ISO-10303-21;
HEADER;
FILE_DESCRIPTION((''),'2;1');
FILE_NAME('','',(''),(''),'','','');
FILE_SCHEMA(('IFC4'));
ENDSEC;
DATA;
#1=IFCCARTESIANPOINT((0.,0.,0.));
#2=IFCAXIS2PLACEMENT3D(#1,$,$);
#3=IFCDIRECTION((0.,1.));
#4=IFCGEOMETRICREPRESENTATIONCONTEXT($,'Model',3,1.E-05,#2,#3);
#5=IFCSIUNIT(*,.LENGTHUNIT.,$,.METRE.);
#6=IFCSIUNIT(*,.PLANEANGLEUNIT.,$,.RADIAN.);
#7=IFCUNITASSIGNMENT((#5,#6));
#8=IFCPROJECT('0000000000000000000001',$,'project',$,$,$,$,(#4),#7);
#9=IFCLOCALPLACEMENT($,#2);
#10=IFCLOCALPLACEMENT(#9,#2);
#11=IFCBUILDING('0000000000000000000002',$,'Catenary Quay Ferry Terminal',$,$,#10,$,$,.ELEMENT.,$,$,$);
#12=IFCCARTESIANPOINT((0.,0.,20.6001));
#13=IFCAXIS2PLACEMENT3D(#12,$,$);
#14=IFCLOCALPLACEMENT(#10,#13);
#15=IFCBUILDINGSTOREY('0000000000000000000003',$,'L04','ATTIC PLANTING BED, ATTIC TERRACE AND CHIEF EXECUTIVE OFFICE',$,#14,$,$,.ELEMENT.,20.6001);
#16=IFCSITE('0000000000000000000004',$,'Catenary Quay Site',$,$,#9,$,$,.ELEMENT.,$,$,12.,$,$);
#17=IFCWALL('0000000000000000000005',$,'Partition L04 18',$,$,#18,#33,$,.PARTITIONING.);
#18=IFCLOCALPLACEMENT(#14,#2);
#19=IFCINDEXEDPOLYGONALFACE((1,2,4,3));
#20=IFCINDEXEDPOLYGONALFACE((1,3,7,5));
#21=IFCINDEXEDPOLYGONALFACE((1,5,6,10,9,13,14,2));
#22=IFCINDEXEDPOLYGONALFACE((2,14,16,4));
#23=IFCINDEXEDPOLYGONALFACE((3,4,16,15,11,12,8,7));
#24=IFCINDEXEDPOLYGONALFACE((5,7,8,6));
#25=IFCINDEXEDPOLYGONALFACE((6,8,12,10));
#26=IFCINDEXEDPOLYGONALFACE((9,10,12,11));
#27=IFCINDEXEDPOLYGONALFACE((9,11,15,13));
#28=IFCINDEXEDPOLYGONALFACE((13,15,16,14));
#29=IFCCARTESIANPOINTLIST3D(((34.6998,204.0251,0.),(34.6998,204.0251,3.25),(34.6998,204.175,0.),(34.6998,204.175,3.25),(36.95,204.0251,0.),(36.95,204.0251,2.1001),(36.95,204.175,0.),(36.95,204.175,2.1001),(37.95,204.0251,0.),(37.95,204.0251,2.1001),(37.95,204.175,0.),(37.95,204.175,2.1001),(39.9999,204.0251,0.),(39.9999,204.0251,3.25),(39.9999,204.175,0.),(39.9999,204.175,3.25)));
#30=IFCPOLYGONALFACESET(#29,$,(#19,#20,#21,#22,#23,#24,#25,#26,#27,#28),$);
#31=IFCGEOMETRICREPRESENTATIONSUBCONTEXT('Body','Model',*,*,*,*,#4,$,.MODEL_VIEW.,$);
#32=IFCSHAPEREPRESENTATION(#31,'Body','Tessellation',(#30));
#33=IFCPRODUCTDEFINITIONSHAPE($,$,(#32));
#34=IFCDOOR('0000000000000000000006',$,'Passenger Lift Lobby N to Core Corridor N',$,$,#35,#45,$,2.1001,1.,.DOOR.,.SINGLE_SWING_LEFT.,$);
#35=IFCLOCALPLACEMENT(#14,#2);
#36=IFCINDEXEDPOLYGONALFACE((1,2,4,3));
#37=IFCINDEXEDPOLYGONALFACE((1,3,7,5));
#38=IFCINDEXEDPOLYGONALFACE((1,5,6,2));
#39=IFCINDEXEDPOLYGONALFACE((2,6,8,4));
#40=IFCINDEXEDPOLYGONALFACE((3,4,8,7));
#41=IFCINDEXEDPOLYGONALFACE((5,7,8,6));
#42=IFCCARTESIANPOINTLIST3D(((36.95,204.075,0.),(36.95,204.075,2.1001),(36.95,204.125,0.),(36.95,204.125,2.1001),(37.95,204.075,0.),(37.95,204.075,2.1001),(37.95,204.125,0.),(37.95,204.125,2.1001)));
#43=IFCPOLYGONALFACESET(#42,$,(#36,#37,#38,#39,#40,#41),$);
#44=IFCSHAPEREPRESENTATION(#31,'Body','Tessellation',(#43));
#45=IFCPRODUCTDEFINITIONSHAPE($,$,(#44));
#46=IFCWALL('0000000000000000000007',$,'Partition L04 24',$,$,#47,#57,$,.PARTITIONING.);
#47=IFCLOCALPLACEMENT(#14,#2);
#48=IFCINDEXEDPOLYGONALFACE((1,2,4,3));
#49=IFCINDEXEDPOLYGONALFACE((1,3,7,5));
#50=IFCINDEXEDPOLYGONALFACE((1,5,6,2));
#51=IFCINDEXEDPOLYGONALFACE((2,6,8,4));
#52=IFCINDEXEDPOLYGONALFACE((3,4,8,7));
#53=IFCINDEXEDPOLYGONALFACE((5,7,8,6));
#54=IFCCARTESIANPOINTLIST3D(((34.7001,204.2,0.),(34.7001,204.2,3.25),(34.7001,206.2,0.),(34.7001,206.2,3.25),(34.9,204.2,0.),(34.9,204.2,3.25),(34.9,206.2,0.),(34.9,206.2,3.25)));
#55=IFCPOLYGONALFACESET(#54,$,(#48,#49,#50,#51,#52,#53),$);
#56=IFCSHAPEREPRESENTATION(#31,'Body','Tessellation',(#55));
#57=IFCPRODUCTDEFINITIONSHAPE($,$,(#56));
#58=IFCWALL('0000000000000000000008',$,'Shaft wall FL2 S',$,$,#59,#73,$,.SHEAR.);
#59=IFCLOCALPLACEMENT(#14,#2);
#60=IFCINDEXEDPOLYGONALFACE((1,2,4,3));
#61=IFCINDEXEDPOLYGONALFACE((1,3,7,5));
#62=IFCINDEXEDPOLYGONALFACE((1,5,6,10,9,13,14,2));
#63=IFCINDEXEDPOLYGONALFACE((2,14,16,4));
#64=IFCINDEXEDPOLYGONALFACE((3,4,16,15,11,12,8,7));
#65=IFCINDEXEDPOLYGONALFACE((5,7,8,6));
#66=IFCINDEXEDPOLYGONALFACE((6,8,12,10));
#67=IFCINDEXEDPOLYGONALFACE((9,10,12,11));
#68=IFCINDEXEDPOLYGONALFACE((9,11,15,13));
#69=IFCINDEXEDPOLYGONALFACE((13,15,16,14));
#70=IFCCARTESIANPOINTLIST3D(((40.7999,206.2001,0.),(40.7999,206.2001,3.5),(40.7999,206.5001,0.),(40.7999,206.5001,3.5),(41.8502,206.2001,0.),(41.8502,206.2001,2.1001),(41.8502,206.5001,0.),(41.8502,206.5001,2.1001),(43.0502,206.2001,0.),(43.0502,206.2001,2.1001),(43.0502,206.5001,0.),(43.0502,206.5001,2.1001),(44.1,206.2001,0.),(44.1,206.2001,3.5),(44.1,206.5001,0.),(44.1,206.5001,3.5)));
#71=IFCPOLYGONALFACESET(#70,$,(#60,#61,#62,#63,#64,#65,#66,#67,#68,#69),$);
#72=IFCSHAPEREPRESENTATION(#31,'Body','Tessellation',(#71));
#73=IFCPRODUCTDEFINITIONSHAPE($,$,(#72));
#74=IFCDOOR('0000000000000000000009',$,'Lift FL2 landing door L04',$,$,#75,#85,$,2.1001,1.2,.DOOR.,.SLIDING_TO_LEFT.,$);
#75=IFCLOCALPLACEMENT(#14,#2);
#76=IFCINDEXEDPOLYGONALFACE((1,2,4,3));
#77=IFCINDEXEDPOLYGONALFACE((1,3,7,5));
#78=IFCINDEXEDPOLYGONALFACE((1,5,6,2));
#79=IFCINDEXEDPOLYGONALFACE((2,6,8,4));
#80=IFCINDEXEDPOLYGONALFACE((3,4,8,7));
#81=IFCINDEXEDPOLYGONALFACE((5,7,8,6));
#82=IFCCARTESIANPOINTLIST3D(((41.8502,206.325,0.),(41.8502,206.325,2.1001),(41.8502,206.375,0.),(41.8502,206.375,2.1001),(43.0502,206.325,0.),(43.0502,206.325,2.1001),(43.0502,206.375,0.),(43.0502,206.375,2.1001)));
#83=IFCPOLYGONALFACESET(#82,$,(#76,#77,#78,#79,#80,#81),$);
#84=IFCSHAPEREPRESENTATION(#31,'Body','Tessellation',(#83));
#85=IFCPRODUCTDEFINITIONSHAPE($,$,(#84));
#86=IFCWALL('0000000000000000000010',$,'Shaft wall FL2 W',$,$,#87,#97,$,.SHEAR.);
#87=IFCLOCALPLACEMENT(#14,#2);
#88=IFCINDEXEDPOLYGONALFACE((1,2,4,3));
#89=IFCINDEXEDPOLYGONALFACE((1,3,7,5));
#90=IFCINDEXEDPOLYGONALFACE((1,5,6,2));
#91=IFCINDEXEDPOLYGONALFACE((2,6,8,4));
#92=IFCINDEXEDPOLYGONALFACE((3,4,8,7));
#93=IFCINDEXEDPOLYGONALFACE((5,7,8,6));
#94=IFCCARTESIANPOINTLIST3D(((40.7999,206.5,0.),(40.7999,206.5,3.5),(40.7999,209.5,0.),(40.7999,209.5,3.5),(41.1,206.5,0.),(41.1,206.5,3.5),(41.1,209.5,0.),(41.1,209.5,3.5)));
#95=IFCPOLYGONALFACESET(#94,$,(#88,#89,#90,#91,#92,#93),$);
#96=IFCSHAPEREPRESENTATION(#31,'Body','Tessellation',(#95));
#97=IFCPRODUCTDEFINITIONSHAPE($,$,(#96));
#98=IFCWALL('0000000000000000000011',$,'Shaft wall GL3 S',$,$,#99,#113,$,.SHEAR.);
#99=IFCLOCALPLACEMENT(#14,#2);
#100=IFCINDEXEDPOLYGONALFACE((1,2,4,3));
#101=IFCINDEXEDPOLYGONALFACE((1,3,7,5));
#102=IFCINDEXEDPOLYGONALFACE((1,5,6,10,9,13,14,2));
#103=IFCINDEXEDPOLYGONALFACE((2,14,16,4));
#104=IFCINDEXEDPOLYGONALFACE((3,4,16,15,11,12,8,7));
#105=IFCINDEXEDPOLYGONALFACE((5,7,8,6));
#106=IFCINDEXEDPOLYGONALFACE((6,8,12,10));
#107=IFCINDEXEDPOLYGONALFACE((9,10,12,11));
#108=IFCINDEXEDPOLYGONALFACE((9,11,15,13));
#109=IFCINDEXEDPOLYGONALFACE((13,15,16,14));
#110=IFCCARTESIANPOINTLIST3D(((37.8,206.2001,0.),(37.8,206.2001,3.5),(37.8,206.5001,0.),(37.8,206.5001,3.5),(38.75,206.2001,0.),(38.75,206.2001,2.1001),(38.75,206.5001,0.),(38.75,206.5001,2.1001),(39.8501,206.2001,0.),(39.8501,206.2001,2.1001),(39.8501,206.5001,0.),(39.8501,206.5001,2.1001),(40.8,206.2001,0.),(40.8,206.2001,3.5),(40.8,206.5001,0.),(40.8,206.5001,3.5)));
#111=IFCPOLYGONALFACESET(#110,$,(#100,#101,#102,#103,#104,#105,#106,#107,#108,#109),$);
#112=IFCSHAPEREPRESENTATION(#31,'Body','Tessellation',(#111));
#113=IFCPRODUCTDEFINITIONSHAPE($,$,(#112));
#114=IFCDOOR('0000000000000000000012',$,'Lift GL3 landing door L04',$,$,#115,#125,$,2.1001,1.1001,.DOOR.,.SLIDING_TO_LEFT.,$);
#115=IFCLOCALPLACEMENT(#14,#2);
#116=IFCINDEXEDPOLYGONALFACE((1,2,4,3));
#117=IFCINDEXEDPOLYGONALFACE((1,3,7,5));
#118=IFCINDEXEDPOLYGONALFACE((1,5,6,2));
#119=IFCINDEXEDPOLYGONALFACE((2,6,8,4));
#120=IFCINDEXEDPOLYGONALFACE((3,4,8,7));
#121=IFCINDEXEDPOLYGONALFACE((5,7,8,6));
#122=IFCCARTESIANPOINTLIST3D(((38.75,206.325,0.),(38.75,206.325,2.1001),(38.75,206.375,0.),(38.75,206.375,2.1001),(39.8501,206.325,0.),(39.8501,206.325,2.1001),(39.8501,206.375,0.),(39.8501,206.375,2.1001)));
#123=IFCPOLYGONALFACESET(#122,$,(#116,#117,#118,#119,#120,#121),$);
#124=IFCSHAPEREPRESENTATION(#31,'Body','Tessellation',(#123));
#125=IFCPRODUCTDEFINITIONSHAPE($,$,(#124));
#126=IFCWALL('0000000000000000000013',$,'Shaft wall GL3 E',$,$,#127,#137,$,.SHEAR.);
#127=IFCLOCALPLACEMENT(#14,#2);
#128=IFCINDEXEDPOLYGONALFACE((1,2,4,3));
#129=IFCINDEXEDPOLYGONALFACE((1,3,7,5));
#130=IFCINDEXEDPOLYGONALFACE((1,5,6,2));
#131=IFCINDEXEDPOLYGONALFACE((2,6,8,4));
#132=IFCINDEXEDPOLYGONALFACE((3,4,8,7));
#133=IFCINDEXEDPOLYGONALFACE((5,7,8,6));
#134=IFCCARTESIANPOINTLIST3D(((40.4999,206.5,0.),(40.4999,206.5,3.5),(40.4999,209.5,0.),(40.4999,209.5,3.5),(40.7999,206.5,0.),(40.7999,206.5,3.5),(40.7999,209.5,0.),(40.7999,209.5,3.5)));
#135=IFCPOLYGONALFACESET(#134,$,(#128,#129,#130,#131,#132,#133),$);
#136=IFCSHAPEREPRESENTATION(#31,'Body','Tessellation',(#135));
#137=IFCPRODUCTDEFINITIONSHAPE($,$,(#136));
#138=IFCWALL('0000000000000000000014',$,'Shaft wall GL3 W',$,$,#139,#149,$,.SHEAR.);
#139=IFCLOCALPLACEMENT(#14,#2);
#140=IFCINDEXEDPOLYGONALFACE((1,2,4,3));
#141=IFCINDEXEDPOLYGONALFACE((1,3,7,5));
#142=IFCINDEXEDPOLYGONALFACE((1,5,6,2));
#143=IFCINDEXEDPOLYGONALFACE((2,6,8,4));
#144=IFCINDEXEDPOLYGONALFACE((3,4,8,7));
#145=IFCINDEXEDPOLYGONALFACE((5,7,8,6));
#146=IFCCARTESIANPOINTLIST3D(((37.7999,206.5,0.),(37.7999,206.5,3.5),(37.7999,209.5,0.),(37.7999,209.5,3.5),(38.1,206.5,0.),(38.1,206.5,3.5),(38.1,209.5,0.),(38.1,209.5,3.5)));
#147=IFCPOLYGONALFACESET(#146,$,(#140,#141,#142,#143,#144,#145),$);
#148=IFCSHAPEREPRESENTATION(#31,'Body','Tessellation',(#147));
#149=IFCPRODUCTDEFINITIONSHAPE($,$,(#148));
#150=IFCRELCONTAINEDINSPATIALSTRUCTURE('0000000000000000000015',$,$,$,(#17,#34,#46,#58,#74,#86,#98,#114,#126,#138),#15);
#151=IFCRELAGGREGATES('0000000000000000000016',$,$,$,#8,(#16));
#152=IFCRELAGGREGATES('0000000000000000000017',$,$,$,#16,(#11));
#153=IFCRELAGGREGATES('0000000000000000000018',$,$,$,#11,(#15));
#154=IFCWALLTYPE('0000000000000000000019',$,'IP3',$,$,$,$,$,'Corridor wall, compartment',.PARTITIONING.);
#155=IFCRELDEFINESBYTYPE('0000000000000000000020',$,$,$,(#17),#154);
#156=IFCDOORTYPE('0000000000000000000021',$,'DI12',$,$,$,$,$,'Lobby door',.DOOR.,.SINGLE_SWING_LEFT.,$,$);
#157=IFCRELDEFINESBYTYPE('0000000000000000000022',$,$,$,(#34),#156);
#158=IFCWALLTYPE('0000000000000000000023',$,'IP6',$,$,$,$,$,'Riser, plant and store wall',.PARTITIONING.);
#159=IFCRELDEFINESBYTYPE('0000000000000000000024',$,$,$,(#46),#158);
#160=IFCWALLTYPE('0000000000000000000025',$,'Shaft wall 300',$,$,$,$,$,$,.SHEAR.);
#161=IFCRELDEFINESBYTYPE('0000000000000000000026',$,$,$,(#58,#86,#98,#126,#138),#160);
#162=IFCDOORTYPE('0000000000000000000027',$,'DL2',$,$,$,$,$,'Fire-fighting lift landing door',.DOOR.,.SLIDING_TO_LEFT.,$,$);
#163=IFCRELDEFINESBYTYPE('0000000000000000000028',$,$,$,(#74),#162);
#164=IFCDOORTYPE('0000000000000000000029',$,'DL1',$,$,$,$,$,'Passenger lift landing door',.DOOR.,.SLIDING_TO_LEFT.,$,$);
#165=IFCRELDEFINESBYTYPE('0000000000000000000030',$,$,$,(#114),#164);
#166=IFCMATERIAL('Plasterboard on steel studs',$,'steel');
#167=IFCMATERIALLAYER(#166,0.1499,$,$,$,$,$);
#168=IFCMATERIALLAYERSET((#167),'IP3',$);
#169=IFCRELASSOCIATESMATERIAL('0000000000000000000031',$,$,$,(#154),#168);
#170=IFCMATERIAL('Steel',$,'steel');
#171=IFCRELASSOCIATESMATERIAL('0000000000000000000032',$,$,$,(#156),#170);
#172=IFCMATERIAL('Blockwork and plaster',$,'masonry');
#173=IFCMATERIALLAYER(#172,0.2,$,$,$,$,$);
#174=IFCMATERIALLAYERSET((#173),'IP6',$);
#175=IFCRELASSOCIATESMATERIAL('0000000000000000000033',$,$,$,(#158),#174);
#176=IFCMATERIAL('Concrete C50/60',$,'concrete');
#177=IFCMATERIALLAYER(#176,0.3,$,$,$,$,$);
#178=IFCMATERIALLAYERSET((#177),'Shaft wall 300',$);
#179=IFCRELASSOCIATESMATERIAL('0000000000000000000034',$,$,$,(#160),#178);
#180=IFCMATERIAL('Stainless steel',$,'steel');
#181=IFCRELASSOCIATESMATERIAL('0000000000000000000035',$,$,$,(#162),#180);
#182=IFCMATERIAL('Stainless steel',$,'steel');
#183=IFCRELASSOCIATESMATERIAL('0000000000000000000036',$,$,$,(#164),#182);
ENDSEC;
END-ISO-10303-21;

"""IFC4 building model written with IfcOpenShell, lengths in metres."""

from ifc_helpers import new_model, si_unit, direction, frame, frame_2d, origin, place, context, subcontext, project, spatial, rectangle, extrude, material, layer, layer_set, type_object, element, fill, save


model = new_model("IFC4")

# Units and contexts
model_context = context("Model", 3, precision=1e-05, world=origin(), true_north=direction((0.0, 1.0)))
body_context = subcontext(model_context, "Body", "Model", "MODEL_VIEW")
ifc_project = project(units=[si_unit("LENGTHUNIT", "METRE"), si_unit("PLANEANGLEUNIT", "RADIAN")], contexts=[model_context])

# Site, building, storey
site_placement = place(None, origin())
site = spatial("IfcSite", under=ifc_project, at=site_placement, Name="Catenary Quay Site", CompositionType="ELEMENT", RefElevation=12.0)
building_placement = place(site_placement, origin())
building = spatial("IfcBuilding", under=site, at=building_placement, Name="Catenary Quay Ferry Terminal", CompositionType="ELEMENT")
storey_placement = place(building_placement, frame((0.0, 0.0, 20.6001)))
storey = spatial("IfcBuildingStorey", under=building, at=storey_placement, Name="L04", Description="ATTIC PLANTING BED, ATTIC TERRACE AND CHIEF EXECUTIVE OFFICE", CompositionType="ELEMENT", Elevation=20.6001)

# Wall, opening, door
ifc_material_1 = material(Name="Plasterboard on steel studs", Category="steel")
ifc_layer_1 = layer(ifc_material_1, 0.1499)
ifc_layer_set_1 = layer_set([ifc_layer_1], Name="IP3")
wall_type_1 = type_object("IfcWallType", Name="IP3", ElementType="Corridor wall, compartment", PredefinedType="PARTITIONING", material=ifc_layer_set_1)
wall_1_placement = place(storey_placement, frame((34.7, 204.1001, 0.0), z_axis=(0.0, 0.0, 1.0), x_axis=(1.0, 0.0, 0.0)))
wall_1 = element("IfcWall", 1, at=wall_1_placement, inside=storey, type_object=wall_type_1, Name="Partition L04 18", PredefinedType="PARTITIONING", context=body_context, shape_type="SweptSolid", body=[
    extrude(rectangle(XDim=5.3, YDim=0.1499, at=frame_2d((2.6499, 0.0))), origin(), (0.0, 0.0, 1.0), 3.25),
])
opening_1_placement = place(wall_1_placement, frame((2.25, 0.0, 0.0)))
opening_1 = element("IfcOpeningElement", 2, at=opening_1_placement, cuts=wall_1, PredefinedType="OPENING", context=body_context, shape_type="SweptSolid", body=[
    extrude(rectangle(XDim=1.0, YDim=2.1001, at=frame_2d((0.5, 1.05))), frame((0.0, 0.085, 0.0), z_axis=(0.0, -1.0, 0.0), x_axis=(1.0, 0.0, 0.0)), (0.0, 0.0, 1.0), 0.1699),
])
ifc_material_2 = material(Name="Steel", Category="steel")
door_type_1 = type_object("IfcDoorType", Name="DI12", ElementType="Lobby door", OperationType="SINGLE_SWING_LEFT", PredefinedType="DOOR", material=ifc_material_2)
door_1_placement = place(opening_1_placement, origin())
door_1 = element("IfcDoor", 3, at=door_1_placement, inside=storey, type_object=door_type_1, Name="Passenger Lift Lobby N to Core Corridor N", OperationType="SINGLE_SWING_LEFT", OverallHeight=2.1001, OverallWidth=1.0, PredefinedType="DOOR", context=body_context, shape_type="SweptSolid", body=[
    extrude(rectangle(XDim=1.0, YDim=2.1001, at=frame_2d((0.5, 1.05))), frame((0.0, 0.0249, 0.0), z_axis=(0.0, -1.0, 0.0), x_axis=(1.0, 0.0, 0.0)), (0.0, 0.0, 1.0), 0.05),
])
fill(opening_1, door_1)

# Wall
ifc_material_3 = material(Name="Blockwork and plaster", Category="masonry")
ifc_layer_2 = layer(ifc_material_3, 0.2)
ifc_layer_set_2 = layer_set([ifc_layer_2], Name="IP6")
wall_type_2 = type_object("IfcWallType", Name="IP6", ElementType="Riser, plant and store wall", PredefinedType="PARTITIONING", material=ifc_layer_set_2)
wall_2_placement = place(storey_placement, frame((34.8, 204.2, 0.0), z_axis=(0.0, 0.0, 1.0), x_axis=(0.0, 1.0, 0.0)))
element("IfcWall", 4, at=wall_2_placement, inside=storey, type_object=wall_type_2, Name="Partition L04 24", PredefinedType="PARTITIONING", context=body_context, shape_type="SweptSolid", body=[
    extrude(rectangle(XDim=2.0, YDim=0.2, at=frame_2d((1.0, 0.0))), origin(), (0.0, 0.0, 1.0), 3.25),
])

# Wall, opening, door
ifc_material_4 = material(Name="Concrete C50/60", Category="concrete")
ifc_layer_3 = layer(ifc_material_4, 0.3)
ifc_layer_set_3 = layer_set([ifc_layer_3], Name="Shaft wall 300")
wall_type_3 = type_object("IfcWallType", Name="Shaft wall 300", PredefinedType="SHEAR", material=ifc_layer_set_3)
wall_3_placement = place(storey_placement, frame((40.8, 206.3501, 0.0), z_axis=(0.0, 0.0, 1.0), x_axis=(1.0, 0.0, 0.0)))
wall_3 = element("IfcWall", 5, at=wall_3_placement, inside=storey, type_object=wall_type_3, Name="Shaft wall FL2 S", PredefinedType="SHEAR", context=body_context, shape_type="SweptSolid", body=[
    extrude(rectangle(XDim=3.3, YDim=0.3, at=frame_2d((1.6499, 0.0))), origin(), (0.0, 0.0, 1.0), 3.5),
])
opening_2_placement = place(wall_3_placement, frame((1.05, 0.0, 0.0)))
opening_2 = element("IfcOpeningElement", 6, at=opening_2_placement, cuts=wall_3, PredefinedType="OPENING", context=body_context, shape_type="SweptSolid", body=[
    extrude(rectangle(XDim=1.2, YDim=2.1001, at=frame_2d((0.6001, 1.05))), frame((0.0, 0.1599, 0.0), z_axis=(0.0, -1.0, 0.0), x_axis=(1.0, 0.0, 0.0)), (0.0, 0.0, 1.0), 0.3201),
])
ifc_material_5 = material(Name="Stainless steel", Category="steel")
door_type_2 = type_object("IfcDoorType", Name="DL2", ElementType="Fire-fighting lift landing door", OperationType="SLIDING_TO_LEFT", PredefinedType="DOOR", material=ifc_material_5)
door_2_placement = place(opening_2_placement, origin())
door_2 = element("IfcDoor", 7, at=door_2_placement, inside=storey, type_object=door_type_2, Name="Lift FL2 landing door L04", OperationType="SLIDING_TO_LEFT", OverallHeight=2.1001, OverallWidth=1.2, PredefinedType="DOOR", context=body_context, shape_type="SweptSolid", body=[
    extrude(rectangle(XDim=1.2, YDim=2.1001, at=frame_2d((0.6001, 1.05))), frame((0.0, 0.0249, 0.0), z_axis=(0.0, -1.0, 0.0), x_axis=(1.0, 0.0, 0.0)), (0.0, 0.0, 1.0), 0.05),
])
fill(opening_2, door_2)

# Wall
wall_4_placement = place(storey_placement, frame((40.95, 206.5, 0.0), z_axis=(0.0, 0.0, 1.0), x_axis=(0.0, 1.0, 0.0)))
element("IfcWall", 8, at=wall_4_placement, inside=storey, type_object=wall_type_3, Name="Shaft wall FL2 W", PredefinedType="SHEAR", context=body_context, shape_type="SweptSolid", body=[
    extrude(rectangle(XDim=3.0, YDim=0.3, at=frame_2d((1.5, 0.0))), origin(), (0.0, 0.0, 1.0), 3.5),
])

# Wall, opening, door
wall_5_placement = place(storey_placement, frame((37.8, 206.3501, 0.0), z_axis=(0.0, 0.0, 1.0), x_axis=(1.0, 0.0, 0.0)))
wall_5 = element("IfcWall", 9, at=wall_5_placement, inside=storey, type_object=wall_type_3, Name="Shaft wall GL3 S", PredefinedType="SHEAR", context=body_context, shape_type="SweptSolid", body=[
    extrude(rectangle(XDim=3.0, YDim=0.3, at=frame_2d((1.5, 0.0))), origin(), (0.0, 0.0, 1.0), 3.5),
])
opening_3_placement = place(wall_5_placement, frame((0.95, 0.0, 0.0)))
opening_3 = element("IfcOpeningElement", 10, at=opening_3_placement, cuts=wall_5, PredefinedType="OPENING", context=body_context, shape_type="SweptSolid", body=[
    extrude(rectangle(XDim=1.1001, YDim=2.1001, at=frame_2d((0.55, 1.05))), frame((0.0, 0.1599, 0.0), z_axis=(0.0, -1.0, 0.0), x_axis=(1.0, 0.0, 0.0)), (0.0, 0.0, 1.0), 0.3201),
])
ifc_material_6 = material(Name="Stainless steel", Category="steel")
door_type_3 = type_object("IfcDoorType", Name="DL1", ElementType="Passenger lift landing door", OperationType="SLIDING_TO_LEFT", PredefinedType="DOOR", material=ifc_material_6)
door_3_placement = place(opening_3_placement, origin())
door_3 = element("IfcDoor", 11, at=door_3_placement, inside=storey, type_object=door_type_3, Name="Lift GL3 landing door L04", OperationType="SLIDING_TO_LEFT", OverallHeight=2.1001, OverallWidth=1.1001, PredefinedType="DOOR", context=body_context, shape_type="SweptSolid", body=[
    extrude(rectangle(XDim=1.1001, YDim=2.1001, at=frame_2d((0.55, 1.05))), frame((0.0, 0.0249, 0.0), z_axis=(0.0, -1.0, 0.0), x_axis=(1.0, 0.0, 0.0)), (0.0, 0.0, 1.0), 0.05),
])
fill(opening_3, door_3)

# Walls
for number, where, z_axis, x_axis, name in (
    (12, (40.6499, 206.5, 0.0), (0.0, 0.0, 1.0), (0.0, 1.0, 0.0), "Shaft wall GL3 E"),
    (13, (37.95, 206.5, 0.0), (0.0, 0.0, 1.0), (0.0, 1.0, 0.0), "Shaft wall GL3 W"),
):
    element("IfcWall", number, at=place(storey_placement, frame(where, z_axis=z_axis, x_axis=x_axis)), inside=storey, type_object=wall_type_3, Name=name, PredefinedType="SHEAR", context=body_context, shape_type="SweptSolid", body=[
        extrude(rectangle(XDim=3.0, YDim=0.3, at=frame_2d((1.5, 0.0))), origin(), (0.0, 0.0, 1.0), 3.5),
    ])

save(model, "model.ifc")
